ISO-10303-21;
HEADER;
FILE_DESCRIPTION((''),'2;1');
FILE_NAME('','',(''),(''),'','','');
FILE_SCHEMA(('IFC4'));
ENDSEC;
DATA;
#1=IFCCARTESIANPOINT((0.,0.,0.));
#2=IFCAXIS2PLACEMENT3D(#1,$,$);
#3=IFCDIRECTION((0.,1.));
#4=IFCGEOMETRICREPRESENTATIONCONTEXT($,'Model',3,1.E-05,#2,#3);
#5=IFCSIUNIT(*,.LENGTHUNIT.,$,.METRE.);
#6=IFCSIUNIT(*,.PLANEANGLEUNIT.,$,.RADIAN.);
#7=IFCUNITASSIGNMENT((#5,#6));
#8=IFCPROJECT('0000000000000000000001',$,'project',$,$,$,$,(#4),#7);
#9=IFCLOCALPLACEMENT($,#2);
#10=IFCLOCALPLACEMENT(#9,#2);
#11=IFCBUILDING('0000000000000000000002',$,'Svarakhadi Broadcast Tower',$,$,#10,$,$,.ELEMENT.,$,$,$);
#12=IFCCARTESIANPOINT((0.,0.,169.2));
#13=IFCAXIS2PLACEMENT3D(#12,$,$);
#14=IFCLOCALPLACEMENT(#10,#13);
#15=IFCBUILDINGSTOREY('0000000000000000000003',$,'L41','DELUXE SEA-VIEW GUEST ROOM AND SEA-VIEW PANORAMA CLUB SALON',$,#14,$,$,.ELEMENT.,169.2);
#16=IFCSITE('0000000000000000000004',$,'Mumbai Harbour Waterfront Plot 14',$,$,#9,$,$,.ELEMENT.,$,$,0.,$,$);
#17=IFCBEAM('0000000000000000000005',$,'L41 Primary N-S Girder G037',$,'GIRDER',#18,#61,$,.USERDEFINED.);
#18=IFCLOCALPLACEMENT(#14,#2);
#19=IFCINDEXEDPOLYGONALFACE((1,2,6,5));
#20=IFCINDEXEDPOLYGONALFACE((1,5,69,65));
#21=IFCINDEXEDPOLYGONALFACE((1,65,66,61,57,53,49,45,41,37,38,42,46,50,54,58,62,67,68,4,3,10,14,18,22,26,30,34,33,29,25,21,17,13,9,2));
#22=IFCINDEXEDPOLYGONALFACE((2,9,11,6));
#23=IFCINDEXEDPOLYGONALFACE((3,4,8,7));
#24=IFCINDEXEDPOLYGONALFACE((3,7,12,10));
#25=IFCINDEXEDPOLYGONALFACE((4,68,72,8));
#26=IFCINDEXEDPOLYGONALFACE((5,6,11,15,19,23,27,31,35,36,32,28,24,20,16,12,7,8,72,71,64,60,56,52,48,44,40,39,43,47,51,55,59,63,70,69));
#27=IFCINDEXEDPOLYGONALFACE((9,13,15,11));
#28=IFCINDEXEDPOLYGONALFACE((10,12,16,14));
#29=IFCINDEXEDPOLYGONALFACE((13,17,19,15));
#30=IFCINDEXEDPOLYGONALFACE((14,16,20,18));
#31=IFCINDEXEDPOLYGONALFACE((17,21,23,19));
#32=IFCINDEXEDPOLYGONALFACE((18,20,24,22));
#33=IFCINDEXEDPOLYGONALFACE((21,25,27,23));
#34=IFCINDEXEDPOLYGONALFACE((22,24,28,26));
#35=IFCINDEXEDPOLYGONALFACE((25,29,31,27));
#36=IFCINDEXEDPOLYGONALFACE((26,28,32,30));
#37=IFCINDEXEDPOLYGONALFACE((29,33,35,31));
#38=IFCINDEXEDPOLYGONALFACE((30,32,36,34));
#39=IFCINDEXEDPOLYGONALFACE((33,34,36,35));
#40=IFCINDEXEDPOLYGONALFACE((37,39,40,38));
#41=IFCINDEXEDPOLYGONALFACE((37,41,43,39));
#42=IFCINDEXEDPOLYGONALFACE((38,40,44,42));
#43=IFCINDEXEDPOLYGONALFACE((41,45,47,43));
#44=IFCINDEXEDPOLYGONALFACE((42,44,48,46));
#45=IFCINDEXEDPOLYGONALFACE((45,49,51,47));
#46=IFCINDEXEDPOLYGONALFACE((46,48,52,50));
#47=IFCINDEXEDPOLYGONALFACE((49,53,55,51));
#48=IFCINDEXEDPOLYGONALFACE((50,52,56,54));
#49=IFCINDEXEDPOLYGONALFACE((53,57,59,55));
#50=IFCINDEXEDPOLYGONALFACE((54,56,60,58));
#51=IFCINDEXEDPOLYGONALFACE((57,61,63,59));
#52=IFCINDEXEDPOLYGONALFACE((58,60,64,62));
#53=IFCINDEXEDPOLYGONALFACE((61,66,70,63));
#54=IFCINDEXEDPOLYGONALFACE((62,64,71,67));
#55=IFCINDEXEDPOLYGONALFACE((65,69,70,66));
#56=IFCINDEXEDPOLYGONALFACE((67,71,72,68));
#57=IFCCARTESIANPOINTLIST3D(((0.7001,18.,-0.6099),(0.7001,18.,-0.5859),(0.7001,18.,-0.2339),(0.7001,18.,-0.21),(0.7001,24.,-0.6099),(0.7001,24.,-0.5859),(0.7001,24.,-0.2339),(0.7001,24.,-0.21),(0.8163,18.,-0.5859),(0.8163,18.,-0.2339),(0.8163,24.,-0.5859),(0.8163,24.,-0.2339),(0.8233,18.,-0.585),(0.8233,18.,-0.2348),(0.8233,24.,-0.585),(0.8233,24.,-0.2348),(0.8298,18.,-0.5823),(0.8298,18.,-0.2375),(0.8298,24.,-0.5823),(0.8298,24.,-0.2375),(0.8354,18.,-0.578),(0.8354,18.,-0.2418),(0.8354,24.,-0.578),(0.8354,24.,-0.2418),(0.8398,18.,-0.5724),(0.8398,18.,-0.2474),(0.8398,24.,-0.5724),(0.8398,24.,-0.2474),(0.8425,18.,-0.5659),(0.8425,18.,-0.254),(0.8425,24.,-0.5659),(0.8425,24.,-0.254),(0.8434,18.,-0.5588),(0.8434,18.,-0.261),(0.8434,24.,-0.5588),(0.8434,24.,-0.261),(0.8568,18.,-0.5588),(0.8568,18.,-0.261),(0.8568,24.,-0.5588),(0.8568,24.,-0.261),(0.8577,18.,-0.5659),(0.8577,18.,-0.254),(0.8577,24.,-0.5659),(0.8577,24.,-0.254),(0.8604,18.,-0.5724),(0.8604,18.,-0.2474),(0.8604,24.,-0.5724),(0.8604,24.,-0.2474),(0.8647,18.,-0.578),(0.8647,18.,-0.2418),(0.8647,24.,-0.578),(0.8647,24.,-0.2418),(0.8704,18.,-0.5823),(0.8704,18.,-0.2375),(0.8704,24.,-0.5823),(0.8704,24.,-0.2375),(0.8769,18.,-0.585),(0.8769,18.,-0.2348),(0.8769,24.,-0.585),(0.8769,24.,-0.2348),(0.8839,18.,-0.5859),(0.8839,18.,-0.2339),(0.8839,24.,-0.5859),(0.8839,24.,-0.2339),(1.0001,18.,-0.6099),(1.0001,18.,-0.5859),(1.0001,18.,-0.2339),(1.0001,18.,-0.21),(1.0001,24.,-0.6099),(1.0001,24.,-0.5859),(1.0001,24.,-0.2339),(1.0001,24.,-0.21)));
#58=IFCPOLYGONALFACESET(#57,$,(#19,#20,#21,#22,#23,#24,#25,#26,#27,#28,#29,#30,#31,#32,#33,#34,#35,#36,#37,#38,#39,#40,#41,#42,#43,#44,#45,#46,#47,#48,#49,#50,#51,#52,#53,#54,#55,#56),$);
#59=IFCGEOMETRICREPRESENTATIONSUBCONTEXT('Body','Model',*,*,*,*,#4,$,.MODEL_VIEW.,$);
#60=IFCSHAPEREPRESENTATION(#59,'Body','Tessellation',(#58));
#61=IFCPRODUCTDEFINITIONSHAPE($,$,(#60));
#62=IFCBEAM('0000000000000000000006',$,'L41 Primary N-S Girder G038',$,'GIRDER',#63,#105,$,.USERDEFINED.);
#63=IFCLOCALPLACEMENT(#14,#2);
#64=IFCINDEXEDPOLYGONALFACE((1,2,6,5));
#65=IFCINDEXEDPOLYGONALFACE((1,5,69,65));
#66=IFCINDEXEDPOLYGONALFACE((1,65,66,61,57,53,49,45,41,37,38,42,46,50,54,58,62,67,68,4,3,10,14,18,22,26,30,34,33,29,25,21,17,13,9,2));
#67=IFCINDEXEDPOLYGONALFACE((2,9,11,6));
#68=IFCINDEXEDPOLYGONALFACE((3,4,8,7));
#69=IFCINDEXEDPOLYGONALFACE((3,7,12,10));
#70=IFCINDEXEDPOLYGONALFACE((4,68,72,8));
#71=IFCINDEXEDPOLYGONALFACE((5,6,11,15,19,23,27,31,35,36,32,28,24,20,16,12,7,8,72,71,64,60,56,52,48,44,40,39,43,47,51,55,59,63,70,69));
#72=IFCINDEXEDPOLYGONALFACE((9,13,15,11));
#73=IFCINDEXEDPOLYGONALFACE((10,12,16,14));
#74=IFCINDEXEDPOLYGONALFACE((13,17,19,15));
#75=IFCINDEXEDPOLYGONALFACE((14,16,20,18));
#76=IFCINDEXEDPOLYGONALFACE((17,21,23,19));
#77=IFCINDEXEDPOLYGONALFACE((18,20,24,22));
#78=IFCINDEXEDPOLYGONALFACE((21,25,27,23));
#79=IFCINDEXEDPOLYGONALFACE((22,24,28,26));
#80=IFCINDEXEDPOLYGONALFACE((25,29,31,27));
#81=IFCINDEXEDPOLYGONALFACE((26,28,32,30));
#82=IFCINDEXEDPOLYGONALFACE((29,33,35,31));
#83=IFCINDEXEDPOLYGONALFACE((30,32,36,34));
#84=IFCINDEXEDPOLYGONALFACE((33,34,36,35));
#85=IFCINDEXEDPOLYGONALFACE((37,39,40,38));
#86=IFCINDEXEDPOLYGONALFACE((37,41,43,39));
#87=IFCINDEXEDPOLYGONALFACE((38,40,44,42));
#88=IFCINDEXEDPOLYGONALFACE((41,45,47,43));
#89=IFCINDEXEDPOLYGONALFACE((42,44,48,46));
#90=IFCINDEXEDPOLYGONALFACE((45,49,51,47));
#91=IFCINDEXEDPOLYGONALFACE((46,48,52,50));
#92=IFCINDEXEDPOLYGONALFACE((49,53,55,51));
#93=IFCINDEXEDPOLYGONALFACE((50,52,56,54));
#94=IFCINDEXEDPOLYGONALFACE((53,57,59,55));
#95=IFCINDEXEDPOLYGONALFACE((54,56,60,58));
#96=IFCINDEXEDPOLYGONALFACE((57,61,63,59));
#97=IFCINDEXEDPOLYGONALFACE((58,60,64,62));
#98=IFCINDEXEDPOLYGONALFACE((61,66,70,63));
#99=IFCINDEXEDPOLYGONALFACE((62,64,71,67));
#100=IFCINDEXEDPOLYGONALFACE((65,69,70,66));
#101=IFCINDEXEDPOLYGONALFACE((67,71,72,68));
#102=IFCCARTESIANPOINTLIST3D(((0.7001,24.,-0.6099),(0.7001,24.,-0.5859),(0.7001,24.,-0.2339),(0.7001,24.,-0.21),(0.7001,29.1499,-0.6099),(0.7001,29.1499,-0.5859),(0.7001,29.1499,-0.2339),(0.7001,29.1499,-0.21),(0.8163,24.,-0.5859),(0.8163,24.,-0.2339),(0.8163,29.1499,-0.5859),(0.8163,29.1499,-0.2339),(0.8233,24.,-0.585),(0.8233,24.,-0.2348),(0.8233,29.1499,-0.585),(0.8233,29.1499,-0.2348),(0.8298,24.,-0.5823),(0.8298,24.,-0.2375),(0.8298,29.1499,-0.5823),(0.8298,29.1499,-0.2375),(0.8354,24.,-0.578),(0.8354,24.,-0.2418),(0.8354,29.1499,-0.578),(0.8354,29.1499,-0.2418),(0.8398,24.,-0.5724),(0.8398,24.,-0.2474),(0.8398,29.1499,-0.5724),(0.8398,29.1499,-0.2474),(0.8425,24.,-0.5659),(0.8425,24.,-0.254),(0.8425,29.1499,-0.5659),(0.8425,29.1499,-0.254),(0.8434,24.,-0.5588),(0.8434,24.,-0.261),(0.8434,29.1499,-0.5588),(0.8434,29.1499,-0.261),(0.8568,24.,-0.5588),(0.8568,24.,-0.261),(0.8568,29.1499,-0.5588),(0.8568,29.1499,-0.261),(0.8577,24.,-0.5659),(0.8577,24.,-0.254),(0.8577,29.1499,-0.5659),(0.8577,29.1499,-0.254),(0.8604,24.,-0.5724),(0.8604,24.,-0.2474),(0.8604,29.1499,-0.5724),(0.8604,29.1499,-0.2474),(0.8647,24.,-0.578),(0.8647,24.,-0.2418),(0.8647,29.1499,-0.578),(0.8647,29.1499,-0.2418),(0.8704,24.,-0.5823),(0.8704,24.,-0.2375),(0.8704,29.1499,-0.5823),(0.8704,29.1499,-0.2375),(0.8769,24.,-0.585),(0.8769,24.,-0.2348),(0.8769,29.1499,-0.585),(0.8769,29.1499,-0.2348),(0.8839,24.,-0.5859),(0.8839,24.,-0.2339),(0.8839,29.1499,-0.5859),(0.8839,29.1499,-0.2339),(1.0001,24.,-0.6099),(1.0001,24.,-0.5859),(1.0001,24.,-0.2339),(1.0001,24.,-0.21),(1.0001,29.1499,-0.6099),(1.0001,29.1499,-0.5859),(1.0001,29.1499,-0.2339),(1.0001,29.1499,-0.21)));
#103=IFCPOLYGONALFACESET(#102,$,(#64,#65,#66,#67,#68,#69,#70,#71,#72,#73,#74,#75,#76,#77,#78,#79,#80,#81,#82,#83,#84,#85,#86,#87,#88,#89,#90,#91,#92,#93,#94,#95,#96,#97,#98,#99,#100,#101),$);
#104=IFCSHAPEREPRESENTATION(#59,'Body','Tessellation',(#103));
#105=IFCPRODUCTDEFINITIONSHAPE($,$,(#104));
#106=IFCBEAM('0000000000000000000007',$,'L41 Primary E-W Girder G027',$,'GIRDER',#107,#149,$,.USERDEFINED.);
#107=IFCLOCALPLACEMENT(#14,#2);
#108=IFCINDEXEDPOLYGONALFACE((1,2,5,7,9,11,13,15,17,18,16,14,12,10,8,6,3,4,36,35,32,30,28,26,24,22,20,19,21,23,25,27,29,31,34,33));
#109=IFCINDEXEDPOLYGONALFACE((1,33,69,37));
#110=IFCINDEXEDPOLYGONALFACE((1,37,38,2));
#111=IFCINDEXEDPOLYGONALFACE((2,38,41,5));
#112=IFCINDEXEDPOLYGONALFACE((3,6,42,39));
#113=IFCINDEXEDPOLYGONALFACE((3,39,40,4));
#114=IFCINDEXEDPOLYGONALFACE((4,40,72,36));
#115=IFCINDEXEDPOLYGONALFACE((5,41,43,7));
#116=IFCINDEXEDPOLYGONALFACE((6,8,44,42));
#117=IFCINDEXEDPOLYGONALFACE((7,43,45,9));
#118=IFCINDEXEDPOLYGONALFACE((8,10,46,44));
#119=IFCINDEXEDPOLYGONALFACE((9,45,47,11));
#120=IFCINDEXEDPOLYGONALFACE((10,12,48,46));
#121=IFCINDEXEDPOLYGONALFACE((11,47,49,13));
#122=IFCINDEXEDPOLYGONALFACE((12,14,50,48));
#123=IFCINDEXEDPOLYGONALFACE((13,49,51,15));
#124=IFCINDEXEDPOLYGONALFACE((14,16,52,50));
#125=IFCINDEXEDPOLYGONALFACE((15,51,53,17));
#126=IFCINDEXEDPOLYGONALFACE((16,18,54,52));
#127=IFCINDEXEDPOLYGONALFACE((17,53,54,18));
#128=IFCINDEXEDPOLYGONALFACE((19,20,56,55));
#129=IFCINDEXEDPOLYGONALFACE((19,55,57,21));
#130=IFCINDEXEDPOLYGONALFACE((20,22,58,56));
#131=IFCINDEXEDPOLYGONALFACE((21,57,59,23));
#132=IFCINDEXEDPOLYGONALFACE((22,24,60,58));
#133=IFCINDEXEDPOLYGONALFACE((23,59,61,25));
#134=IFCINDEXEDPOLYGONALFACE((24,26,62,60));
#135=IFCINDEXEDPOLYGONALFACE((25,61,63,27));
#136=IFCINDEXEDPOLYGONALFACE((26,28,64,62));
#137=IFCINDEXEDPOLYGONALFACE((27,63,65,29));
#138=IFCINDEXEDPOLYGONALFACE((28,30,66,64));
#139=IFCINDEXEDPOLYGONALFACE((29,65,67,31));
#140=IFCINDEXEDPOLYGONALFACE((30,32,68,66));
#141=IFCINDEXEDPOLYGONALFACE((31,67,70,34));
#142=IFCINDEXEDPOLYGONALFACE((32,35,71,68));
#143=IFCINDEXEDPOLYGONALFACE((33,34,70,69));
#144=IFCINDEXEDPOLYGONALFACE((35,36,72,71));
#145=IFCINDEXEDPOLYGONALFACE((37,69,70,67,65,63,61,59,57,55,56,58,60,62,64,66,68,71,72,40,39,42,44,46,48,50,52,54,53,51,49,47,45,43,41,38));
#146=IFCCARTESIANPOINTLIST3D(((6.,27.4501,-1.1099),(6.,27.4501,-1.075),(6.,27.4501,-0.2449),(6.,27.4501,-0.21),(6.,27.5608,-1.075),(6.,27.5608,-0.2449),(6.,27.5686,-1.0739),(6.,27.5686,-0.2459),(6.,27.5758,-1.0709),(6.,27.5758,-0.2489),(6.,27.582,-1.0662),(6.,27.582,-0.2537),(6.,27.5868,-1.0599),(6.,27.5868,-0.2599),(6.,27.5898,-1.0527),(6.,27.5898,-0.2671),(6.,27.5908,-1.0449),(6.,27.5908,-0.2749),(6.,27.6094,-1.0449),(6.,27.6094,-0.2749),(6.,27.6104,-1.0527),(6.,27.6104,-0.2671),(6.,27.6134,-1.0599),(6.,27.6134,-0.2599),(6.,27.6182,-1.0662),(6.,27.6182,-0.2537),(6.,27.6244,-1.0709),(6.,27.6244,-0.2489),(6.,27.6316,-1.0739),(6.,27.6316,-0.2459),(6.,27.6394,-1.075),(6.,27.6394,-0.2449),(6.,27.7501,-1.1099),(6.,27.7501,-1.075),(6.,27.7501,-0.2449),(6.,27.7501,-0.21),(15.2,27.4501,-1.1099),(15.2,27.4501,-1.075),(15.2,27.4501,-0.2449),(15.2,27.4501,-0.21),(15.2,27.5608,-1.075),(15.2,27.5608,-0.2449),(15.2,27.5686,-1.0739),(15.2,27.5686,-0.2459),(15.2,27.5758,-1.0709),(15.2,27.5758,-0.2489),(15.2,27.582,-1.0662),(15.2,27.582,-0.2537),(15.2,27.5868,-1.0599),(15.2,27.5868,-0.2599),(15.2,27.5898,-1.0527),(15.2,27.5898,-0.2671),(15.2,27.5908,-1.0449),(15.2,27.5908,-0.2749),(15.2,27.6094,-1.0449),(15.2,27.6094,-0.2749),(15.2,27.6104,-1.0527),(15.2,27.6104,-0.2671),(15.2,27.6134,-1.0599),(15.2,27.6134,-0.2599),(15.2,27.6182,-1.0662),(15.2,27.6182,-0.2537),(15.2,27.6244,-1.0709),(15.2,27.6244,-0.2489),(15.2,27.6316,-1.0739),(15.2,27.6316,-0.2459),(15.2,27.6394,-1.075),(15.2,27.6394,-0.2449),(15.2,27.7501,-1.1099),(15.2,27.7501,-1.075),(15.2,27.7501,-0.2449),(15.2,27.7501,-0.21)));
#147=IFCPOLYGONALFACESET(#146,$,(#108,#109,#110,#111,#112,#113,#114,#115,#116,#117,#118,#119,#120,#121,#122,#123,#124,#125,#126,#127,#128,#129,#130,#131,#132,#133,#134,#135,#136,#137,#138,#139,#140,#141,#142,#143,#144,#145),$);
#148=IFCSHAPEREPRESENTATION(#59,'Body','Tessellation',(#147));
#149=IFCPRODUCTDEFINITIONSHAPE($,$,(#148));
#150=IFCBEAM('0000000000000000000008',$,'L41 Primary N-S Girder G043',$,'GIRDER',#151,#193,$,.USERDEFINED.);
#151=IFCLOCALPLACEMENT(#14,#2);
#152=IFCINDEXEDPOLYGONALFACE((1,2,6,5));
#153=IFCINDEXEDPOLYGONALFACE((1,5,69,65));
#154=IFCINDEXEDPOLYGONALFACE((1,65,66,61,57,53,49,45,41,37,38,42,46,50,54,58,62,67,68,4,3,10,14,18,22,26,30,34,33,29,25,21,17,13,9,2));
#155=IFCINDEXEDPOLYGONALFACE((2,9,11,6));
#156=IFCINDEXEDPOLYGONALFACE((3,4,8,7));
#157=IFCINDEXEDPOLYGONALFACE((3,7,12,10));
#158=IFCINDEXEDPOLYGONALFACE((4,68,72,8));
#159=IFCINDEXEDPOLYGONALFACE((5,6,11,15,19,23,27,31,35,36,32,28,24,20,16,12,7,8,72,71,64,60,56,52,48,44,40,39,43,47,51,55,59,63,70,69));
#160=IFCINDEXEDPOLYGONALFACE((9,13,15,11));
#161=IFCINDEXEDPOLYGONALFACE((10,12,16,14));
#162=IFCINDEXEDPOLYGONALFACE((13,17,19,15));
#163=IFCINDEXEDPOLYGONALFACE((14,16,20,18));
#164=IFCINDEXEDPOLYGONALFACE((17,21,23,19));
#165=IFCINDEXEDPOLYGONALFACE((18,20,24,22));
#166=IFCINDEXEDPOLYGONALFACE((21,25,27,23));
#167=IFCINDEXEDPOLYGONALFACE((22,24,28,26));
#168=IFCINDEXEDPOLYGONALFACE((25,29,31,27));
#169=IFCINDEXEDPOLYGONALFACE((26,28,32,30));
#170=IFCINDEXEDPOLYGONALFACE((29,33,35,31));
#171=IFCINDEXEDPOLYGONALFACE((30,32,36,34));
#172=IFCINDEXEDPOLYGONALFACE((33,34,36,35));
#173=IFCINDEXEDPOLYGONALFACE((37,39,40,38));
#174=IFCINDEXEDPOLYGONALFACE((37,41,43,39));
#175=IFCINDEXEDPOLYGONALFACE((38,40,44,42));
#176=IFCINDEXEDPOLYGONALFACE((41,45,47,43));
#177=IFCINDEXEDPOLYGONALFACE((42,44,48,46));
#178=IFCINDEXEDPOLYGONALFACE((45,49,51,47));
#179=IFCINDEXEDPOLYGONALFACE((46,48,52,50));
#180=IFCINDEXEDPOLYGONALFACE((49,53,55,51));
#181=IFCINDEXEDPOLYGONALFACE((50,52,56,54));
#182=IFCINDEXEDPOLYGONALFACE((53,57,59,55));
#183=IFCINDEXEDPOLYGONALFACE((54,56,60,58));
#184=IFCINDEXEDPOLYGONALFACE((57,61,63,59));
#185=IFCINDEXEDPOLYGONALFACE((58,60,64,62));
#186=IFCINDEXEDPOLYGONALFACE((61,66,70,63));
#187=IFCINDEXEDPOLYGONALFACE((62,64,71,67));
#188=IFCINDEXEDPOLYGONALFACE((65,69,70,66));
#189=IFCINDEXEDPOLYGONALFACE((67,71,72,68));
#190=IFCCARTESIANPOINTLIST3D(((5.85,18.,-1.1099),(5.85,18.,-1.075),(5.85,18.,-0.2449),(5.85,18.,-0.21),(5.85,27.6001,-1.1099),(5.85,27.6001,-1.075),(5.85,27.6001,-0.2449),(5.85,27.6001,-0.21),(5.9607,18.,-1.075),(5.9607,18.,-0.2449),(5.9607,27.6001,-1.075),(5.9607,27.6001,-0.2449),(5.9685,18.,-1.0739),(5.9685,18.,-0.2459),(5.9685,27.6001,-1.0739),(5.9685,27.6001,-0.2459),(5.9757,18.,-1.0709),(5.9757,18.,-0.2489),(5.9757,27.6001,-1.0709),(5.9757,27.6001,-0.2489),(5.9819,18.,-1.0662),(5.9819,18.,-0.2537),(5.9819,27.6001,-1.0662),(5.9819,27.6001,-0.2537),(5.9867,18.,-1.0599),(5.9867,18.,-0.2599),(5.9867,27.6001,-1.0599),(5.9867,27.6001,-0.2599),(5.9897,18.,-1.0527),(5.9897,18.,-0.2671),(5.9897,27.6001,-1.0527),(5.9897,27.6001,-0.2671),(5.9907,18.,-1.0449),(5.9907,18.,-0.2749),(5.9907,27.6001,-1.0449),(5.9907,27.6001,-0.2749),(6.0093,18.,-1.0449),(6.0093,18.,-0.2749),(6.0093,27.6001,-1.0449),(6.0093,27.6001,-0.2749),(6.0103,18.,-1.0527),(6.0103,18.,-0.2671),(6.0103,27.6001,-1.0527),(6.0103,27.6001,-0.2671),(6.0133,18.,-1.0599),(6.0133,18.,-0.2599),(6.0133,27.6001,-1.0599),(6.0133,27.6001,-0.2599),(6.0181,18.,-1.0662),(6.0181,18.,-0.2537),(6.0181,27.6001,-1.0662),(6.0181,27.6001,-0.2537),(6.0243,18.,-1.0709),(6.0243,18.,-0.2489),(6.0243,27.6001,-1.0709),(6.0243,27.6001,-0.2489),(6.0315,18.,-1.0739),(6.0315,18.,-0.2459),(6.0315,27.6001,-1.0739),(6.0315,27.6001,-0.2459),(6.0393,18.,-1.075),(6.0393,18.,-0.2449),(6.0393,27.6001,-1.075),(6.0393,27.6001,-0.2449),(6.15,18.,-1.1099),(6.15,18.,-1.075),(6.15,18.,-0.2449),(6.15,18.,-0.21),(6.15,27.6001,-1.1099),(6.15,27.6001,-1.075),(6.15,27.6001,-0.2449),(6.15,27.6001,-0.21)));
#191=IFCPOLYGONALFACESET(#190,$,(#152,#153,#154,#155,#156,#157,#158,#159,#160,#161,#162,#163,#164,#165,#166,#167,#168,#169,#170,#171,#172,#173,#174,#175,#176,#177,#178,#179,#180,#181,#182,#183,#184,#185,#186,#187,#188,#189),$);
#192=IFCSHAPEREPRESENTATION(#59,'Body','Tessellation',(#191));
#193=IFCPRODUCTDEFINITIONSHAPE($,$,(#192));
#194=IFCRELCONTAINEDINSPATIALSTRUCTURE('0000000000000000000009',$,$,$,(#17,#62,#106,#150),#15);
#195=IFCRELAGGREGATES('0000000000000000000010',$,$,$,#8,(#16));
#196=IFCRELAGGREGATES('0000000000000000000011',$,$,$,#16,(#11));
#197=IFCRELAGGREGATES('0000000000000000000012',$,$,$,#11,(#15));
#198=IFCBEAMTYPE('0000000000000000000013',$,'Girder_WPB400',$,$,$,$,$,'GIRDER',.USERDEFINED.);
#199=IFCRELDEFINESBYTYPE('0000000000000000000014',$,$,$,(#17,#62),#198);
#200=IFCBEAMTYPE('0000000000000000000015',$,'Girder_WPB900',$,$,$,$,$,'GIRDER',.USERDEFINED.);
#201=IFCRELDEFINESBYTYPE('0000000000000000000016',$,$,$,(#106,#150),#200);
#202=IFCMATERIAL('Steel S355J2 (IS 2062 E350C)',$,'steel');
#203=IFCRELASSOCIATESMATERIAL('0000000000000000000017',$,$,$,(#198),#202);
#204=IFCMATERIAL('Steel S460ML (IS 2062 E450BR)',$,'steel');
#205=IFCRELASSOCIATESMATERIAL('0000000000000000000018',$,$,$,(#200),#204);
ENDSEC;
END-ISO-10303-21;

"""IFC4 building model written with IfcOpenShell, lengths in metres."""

from ifc_helpers import new_model, si_unit, direction, frame, origin, origin_2d, place, context, subcontext, project, spatial, i_section, extrude, material, material_profile, profile_set, type_object, element, save


model = new_model("IFC4")

# Units and contexts
model_context = context("Model", 3, precision=1e-05, world=origin(), true_north=direction((0.0, 1.0)))
body_context = subcontext(model_context, "Body", "Model", "MODEL_VIEW")
ifc_project = project(units=[si_unit("LENGTHUNIT", "METRE"), si_unit("PLANEANGLEUNIT", "RADIAN")], contexts=[model_context])

# Site, building, storey
site_placement = place(None, origin())
site = spatial("IfcSite", under=ifc_project, at=site_placement, Name="Mumbai Harbour Waterfront Plot 14", CompositionType="ELEMENT", RefElevation=0.0)
building_placement = place(site_placement, origin())
building = spatial("IfcBuilding", under=site, at=building_placement, Name="Svarakhadi Broadcast Tower", CompositionType="ELEMENT")
storey_placement = place(building_placement, frame((0.0, 0.0, 169.2)))
storey = spatial("IfcBuildingStorey", under=building, at=storey_placement, Name="L41", Description="DELUXE SEA-VIEW GUEST ROOM AND SEA-VIEW PANORAMA CLUB SALON", CompositionType="ELEMENT", Elevation=169.2)

# Shared definitions
ifc_material_1 = material(Name="Steel S460ML (IS 2062 E450BR)", Category="steel")

# Shared definitions
ifc_material_2 = material(Name="Steel S355J2 (IS 2062 E350C)", Category="steel")

# Beams
ifc_material_profile_1 = material_profile(ifc_material_2, i_section(OverallWidth=0.3, OverallDepth=0.3999, WebThickness=0.0134, FlangeThickness=0.0239, FilletRadius=0.0271, at=origin_2d()), Name="WPB 400x300x155")
ifc_profile_set_1 = profile_set([ifc_material_profile_1], Name="Steel S355J2 (IS 2062 E350C)")
beam_type_1 = type_object("IfcBeamType", Name="Girder_WPB400", ElementType="GIRDER", PredefinedType="USERDEFINED", material=ifc_profile_set_1)
for number, where, z_axis, x_axis, name in (
    (1, (0.8501, 18.0, -0.4099), (0.0, 1.0, 0.0), (-1.0, 0.0, 0.0), "L41 Primary N-S Girder G037"),
):
    element("IfcBeam", number, at=place(storey_placement, frame(where, z_axis=z_axis, x_axis=x_axis)), inside=storey, type_object=beam_type_1, Name=name, ObjectType="GIRDER", PredefinedType="USERDEFINED", context=body_context, shape_type="SweptSolid", body=[
        extrude(i_section(OverallWidth=0.3, OverallDepth=0.3999, WebThickness=0.0134, FlangeThickness=0.0239, FilletRadius=0.0271, at=origin_2d()), origin(), (0.0, 0.0, 1.0), 6.0),
    ])
beam_1_placement = place(storey_placement, frame((0.8501, 24.0, -0.4099), z_axis=(0.0, 1.0, 0.0), x_axis=(-1.0, 0.0, 0.0)))
element("IfcBeam", 2, at=beam_1_placement, inside=storey, type_object=beam_type_1, Name="L41 Primary N-S Girder G038", ObjectType="GIRDER", PredefinedType="USERDEFINED", context=body_context, shape_type="SweptSolid", body=[
    extrude(i_section(OverallWidth=0.3, OverallDepth=0.3999, WebThickness=0.0134, FlangeThickness=0.0239, FilletRadius=0.0271, at=origin_2d()), origin(), (0.0, 0.0, 1.0), 5.1499),
])
ifc_material_profile_2 = material_profile(ifc_material_1, i_section(OverallWidth=0.3, OverallDepth=0.8999, WebThickness=0.0186, FlangeThickness=0.0349, FilletRadius=0.03, at=origin_2d()), Name="WPB 900x300x291")
ifc_profile_set_2 = profile_set([ifc_material_profile_2], Name="Steel S460ML (IS 2062 E450BR)")
beam_type_2 = type_object("IfcBeamType", Name="Girder_WPB900", ElementType="GIRDER", PredefinedType="USERDEFINED", material=ifc_profile_set_2)
beam_2_placement = place(storey_placement, frame((6.0, 27.6001, -0.6599), z_axis=(1.0, 0.0, 0.0), x_axis=(0.0, 1.0, 0.0)))
element("IfcBeam", 3, at=beam_2_placement, inside=storey, type_object=beam_type_2, Name="L41 Primary E-W Girder G027", ObjectType="GIRDER", PredefinedType="USERDEFINED", context=body_context, shape_type="SweptSolid", body=[
    extrude(i_section(OverallWidth=0.3, OverallDepth=0.8999, WebThickness=0.0186, FlangeThickness=0.0349, FilletRadius=0.03, at=origin_2d()), origin(), (0.0, 0.0, 1.0), 9.2),
])
beam_3_placement = place(storey_placement, frame((6.0, 18.0, -0.6599), z_axis=(0.0, 1.0, 0.0), x_axis=(-1.0, 0.0, 0.0)))
element("IfcBeam", 4, at=beam_3_placement, inside=storey, type_object=beam_type_2, Name="L41 Primary N-S Girder G043", ObjectType="GIRDER", PredefinedType="USERDEFINED", context=body_context, shape_type="SweptSolid", body=[
    extrude(i_section(OverallWidth=0.3, OverallDepth=0.8999, WebThickness=0.0186, FlangeThickness=0.0349, FilletRadius=0.03, at=origin_2d()), origin(), (0.0, 0.0, 1.0), 9.6001),
])

save(model, "model.ifc")
